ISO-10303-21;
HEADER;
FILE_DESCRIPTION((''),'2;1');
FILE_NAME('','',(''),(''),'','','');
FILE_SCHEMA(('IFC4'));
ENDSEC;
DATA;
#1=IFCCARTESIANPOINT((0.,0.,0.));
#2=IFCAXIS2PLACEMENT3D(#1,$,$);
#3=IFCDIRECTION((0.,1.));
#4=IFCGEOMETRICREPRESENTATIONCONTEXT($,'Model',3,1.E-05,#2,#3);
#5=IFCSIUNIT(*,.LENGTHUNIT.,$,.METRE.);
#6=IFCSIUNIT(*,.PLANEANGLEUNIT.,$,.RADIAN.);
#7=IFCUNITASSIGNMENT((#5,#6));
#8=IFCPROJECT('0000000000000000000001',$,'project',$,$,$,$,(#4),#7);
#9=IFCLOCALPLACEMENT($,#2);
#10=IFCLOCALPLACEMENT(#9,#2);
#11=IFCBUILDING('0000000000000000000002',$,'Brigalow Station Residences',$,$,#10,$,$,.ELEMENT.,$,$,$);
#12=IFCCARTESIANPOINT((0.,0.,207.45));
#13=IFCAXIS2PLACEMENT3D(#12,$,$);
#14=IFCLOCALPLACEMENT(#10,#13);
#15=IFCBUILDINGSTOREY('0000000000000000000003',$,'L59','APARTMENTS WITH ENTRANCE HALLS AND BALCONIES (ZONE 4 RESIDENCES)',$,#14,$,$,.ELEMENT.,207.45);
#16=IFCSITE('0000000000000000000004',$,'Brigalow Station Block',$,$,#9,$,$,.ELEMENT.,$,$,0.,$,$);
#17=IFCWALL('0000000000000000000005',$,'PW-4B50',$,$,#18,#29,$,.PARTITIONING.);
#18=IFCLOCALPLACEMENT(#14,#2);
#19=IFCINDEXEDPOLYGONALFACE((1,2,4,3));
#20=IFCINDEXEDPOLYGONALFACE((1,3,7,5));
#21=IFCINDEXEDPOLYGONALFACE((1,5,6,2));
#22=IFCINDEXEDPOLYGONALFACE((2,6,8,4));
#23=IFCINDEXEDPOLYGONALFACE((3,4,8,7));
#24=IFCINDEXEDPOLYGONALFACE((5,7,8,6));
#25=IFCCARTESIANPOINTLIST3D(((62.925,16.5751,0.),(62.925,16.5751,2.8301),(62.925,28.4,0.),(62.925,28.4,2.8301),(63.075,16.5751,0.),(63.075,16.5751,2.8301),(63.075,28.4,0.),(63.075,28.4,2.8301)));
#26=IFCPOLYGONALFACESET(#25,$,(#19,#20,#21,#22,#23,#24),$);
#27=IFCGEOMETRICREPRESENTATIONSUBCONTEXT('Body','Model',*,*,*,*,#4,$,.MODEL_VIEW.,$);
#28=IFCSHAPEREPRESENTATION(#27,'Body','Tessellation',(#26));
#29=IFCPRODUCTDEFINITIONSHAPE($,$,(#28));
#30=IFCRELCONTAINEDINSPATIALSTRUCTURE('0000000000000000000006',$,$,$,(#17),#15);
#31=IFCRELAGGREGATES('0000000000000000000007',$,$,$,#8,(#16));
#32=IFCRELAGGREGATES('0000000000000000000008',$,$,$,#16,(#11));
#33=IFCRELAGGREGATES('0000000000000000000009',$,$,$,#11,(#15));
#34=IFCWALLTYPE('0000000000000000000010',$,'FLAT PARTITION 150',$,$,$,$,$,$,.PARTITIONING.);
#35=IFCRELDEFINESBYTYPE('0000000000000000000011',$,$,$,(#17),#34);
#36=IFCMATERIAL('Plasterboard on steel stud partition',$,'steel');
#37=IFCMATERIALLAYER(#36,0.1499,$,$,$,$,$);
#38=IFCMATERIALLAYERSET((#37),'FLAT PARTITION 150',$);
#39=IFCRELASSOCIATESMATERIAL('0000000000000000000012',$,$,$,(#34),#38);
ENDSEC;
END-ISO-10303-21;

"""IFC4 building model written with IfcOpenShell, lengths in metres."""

from ifc_helpers import new_model, si_unit, direction, frame, frame_2d, origin, place, context, subcontext, project, spatial, rectangle, extrude, material, layer, layer_set, type_object, element, save


model = new_model("IFC4")

# Units and contexts
model_context = context("Model", 3, precision=1e-05, world=origin(), true_north=direction((0.0, 1.0)))
body_context = subcontext(model_context, "Body", "Model", "MODEL_VIEW")
ifc_project = project(units=[si_unit("LENGTHUNIT", "METRE"), si_unit("PLANEANGLEUNIT", "RADIAN")], contexts=[model_context])

# Site, building, storey
site_placement = place(None, origin())
site = spatial("IfcSite", under=ifc_project, at=site_placement, Name="Brigalow Station Block", CompositionType="ELEMENT", RefElevation=0.0)
building_placement = place(site_placement, origin())
building = spatial("IfcBuilding", under=site, at=building_placement, Name="Brigalow Station Residences", CompositionType="ELEMENT")
storey_placement = place(building_placement, frame((0.0, 0.0, 207.45)))
storey = spatial("IfcBuildingStorey", under=building, at=storey_placement, Name="L59", Description="APARTMENTS WITH ENTRANCE HALLS AND BALCONIES (ZONE 4 RESIDENCES)", CompositionType="ELEMENT", Elevation=207.45)

# Wall
ifc_material_1 = material(Name="Plasterboard on steel stud partition", Category="steel")
ifc_layer_1 = layer(ifc_material_1, 0.1499)
ifc_layer_set_1 = layer_set([ifc_layer_1], Name="FLAT PARTITION 150")
wall_type_1 = type_object("IfcWallType", Name="FLAT PARTITION 150", PredefinedType="PARTITIONING", material=ifc_layer_set_1)
wall_1_placement = place(storey_placement, frame((63.0, 16.575, 0.0), z_axis=(0.0, 0.0, 1.0), x_axis=(0.0, 1.0, 0.0)))
element("IfcWall", 1, at=wall_1_placement, inside=storey, type_object=wall_type_1, Name="PW-4B50", PredefinedType="PARTITIONING", context=body_context, shape_type="SweptSolid", body=[
    extrude(rectangle(XDim=11.825, YDim=0.1499, at=frame_2d((5.9126, 0.0))), origin(), (0.0, 0.0, 1.0), 2.8301),
])

save(model, "model.ifc")
